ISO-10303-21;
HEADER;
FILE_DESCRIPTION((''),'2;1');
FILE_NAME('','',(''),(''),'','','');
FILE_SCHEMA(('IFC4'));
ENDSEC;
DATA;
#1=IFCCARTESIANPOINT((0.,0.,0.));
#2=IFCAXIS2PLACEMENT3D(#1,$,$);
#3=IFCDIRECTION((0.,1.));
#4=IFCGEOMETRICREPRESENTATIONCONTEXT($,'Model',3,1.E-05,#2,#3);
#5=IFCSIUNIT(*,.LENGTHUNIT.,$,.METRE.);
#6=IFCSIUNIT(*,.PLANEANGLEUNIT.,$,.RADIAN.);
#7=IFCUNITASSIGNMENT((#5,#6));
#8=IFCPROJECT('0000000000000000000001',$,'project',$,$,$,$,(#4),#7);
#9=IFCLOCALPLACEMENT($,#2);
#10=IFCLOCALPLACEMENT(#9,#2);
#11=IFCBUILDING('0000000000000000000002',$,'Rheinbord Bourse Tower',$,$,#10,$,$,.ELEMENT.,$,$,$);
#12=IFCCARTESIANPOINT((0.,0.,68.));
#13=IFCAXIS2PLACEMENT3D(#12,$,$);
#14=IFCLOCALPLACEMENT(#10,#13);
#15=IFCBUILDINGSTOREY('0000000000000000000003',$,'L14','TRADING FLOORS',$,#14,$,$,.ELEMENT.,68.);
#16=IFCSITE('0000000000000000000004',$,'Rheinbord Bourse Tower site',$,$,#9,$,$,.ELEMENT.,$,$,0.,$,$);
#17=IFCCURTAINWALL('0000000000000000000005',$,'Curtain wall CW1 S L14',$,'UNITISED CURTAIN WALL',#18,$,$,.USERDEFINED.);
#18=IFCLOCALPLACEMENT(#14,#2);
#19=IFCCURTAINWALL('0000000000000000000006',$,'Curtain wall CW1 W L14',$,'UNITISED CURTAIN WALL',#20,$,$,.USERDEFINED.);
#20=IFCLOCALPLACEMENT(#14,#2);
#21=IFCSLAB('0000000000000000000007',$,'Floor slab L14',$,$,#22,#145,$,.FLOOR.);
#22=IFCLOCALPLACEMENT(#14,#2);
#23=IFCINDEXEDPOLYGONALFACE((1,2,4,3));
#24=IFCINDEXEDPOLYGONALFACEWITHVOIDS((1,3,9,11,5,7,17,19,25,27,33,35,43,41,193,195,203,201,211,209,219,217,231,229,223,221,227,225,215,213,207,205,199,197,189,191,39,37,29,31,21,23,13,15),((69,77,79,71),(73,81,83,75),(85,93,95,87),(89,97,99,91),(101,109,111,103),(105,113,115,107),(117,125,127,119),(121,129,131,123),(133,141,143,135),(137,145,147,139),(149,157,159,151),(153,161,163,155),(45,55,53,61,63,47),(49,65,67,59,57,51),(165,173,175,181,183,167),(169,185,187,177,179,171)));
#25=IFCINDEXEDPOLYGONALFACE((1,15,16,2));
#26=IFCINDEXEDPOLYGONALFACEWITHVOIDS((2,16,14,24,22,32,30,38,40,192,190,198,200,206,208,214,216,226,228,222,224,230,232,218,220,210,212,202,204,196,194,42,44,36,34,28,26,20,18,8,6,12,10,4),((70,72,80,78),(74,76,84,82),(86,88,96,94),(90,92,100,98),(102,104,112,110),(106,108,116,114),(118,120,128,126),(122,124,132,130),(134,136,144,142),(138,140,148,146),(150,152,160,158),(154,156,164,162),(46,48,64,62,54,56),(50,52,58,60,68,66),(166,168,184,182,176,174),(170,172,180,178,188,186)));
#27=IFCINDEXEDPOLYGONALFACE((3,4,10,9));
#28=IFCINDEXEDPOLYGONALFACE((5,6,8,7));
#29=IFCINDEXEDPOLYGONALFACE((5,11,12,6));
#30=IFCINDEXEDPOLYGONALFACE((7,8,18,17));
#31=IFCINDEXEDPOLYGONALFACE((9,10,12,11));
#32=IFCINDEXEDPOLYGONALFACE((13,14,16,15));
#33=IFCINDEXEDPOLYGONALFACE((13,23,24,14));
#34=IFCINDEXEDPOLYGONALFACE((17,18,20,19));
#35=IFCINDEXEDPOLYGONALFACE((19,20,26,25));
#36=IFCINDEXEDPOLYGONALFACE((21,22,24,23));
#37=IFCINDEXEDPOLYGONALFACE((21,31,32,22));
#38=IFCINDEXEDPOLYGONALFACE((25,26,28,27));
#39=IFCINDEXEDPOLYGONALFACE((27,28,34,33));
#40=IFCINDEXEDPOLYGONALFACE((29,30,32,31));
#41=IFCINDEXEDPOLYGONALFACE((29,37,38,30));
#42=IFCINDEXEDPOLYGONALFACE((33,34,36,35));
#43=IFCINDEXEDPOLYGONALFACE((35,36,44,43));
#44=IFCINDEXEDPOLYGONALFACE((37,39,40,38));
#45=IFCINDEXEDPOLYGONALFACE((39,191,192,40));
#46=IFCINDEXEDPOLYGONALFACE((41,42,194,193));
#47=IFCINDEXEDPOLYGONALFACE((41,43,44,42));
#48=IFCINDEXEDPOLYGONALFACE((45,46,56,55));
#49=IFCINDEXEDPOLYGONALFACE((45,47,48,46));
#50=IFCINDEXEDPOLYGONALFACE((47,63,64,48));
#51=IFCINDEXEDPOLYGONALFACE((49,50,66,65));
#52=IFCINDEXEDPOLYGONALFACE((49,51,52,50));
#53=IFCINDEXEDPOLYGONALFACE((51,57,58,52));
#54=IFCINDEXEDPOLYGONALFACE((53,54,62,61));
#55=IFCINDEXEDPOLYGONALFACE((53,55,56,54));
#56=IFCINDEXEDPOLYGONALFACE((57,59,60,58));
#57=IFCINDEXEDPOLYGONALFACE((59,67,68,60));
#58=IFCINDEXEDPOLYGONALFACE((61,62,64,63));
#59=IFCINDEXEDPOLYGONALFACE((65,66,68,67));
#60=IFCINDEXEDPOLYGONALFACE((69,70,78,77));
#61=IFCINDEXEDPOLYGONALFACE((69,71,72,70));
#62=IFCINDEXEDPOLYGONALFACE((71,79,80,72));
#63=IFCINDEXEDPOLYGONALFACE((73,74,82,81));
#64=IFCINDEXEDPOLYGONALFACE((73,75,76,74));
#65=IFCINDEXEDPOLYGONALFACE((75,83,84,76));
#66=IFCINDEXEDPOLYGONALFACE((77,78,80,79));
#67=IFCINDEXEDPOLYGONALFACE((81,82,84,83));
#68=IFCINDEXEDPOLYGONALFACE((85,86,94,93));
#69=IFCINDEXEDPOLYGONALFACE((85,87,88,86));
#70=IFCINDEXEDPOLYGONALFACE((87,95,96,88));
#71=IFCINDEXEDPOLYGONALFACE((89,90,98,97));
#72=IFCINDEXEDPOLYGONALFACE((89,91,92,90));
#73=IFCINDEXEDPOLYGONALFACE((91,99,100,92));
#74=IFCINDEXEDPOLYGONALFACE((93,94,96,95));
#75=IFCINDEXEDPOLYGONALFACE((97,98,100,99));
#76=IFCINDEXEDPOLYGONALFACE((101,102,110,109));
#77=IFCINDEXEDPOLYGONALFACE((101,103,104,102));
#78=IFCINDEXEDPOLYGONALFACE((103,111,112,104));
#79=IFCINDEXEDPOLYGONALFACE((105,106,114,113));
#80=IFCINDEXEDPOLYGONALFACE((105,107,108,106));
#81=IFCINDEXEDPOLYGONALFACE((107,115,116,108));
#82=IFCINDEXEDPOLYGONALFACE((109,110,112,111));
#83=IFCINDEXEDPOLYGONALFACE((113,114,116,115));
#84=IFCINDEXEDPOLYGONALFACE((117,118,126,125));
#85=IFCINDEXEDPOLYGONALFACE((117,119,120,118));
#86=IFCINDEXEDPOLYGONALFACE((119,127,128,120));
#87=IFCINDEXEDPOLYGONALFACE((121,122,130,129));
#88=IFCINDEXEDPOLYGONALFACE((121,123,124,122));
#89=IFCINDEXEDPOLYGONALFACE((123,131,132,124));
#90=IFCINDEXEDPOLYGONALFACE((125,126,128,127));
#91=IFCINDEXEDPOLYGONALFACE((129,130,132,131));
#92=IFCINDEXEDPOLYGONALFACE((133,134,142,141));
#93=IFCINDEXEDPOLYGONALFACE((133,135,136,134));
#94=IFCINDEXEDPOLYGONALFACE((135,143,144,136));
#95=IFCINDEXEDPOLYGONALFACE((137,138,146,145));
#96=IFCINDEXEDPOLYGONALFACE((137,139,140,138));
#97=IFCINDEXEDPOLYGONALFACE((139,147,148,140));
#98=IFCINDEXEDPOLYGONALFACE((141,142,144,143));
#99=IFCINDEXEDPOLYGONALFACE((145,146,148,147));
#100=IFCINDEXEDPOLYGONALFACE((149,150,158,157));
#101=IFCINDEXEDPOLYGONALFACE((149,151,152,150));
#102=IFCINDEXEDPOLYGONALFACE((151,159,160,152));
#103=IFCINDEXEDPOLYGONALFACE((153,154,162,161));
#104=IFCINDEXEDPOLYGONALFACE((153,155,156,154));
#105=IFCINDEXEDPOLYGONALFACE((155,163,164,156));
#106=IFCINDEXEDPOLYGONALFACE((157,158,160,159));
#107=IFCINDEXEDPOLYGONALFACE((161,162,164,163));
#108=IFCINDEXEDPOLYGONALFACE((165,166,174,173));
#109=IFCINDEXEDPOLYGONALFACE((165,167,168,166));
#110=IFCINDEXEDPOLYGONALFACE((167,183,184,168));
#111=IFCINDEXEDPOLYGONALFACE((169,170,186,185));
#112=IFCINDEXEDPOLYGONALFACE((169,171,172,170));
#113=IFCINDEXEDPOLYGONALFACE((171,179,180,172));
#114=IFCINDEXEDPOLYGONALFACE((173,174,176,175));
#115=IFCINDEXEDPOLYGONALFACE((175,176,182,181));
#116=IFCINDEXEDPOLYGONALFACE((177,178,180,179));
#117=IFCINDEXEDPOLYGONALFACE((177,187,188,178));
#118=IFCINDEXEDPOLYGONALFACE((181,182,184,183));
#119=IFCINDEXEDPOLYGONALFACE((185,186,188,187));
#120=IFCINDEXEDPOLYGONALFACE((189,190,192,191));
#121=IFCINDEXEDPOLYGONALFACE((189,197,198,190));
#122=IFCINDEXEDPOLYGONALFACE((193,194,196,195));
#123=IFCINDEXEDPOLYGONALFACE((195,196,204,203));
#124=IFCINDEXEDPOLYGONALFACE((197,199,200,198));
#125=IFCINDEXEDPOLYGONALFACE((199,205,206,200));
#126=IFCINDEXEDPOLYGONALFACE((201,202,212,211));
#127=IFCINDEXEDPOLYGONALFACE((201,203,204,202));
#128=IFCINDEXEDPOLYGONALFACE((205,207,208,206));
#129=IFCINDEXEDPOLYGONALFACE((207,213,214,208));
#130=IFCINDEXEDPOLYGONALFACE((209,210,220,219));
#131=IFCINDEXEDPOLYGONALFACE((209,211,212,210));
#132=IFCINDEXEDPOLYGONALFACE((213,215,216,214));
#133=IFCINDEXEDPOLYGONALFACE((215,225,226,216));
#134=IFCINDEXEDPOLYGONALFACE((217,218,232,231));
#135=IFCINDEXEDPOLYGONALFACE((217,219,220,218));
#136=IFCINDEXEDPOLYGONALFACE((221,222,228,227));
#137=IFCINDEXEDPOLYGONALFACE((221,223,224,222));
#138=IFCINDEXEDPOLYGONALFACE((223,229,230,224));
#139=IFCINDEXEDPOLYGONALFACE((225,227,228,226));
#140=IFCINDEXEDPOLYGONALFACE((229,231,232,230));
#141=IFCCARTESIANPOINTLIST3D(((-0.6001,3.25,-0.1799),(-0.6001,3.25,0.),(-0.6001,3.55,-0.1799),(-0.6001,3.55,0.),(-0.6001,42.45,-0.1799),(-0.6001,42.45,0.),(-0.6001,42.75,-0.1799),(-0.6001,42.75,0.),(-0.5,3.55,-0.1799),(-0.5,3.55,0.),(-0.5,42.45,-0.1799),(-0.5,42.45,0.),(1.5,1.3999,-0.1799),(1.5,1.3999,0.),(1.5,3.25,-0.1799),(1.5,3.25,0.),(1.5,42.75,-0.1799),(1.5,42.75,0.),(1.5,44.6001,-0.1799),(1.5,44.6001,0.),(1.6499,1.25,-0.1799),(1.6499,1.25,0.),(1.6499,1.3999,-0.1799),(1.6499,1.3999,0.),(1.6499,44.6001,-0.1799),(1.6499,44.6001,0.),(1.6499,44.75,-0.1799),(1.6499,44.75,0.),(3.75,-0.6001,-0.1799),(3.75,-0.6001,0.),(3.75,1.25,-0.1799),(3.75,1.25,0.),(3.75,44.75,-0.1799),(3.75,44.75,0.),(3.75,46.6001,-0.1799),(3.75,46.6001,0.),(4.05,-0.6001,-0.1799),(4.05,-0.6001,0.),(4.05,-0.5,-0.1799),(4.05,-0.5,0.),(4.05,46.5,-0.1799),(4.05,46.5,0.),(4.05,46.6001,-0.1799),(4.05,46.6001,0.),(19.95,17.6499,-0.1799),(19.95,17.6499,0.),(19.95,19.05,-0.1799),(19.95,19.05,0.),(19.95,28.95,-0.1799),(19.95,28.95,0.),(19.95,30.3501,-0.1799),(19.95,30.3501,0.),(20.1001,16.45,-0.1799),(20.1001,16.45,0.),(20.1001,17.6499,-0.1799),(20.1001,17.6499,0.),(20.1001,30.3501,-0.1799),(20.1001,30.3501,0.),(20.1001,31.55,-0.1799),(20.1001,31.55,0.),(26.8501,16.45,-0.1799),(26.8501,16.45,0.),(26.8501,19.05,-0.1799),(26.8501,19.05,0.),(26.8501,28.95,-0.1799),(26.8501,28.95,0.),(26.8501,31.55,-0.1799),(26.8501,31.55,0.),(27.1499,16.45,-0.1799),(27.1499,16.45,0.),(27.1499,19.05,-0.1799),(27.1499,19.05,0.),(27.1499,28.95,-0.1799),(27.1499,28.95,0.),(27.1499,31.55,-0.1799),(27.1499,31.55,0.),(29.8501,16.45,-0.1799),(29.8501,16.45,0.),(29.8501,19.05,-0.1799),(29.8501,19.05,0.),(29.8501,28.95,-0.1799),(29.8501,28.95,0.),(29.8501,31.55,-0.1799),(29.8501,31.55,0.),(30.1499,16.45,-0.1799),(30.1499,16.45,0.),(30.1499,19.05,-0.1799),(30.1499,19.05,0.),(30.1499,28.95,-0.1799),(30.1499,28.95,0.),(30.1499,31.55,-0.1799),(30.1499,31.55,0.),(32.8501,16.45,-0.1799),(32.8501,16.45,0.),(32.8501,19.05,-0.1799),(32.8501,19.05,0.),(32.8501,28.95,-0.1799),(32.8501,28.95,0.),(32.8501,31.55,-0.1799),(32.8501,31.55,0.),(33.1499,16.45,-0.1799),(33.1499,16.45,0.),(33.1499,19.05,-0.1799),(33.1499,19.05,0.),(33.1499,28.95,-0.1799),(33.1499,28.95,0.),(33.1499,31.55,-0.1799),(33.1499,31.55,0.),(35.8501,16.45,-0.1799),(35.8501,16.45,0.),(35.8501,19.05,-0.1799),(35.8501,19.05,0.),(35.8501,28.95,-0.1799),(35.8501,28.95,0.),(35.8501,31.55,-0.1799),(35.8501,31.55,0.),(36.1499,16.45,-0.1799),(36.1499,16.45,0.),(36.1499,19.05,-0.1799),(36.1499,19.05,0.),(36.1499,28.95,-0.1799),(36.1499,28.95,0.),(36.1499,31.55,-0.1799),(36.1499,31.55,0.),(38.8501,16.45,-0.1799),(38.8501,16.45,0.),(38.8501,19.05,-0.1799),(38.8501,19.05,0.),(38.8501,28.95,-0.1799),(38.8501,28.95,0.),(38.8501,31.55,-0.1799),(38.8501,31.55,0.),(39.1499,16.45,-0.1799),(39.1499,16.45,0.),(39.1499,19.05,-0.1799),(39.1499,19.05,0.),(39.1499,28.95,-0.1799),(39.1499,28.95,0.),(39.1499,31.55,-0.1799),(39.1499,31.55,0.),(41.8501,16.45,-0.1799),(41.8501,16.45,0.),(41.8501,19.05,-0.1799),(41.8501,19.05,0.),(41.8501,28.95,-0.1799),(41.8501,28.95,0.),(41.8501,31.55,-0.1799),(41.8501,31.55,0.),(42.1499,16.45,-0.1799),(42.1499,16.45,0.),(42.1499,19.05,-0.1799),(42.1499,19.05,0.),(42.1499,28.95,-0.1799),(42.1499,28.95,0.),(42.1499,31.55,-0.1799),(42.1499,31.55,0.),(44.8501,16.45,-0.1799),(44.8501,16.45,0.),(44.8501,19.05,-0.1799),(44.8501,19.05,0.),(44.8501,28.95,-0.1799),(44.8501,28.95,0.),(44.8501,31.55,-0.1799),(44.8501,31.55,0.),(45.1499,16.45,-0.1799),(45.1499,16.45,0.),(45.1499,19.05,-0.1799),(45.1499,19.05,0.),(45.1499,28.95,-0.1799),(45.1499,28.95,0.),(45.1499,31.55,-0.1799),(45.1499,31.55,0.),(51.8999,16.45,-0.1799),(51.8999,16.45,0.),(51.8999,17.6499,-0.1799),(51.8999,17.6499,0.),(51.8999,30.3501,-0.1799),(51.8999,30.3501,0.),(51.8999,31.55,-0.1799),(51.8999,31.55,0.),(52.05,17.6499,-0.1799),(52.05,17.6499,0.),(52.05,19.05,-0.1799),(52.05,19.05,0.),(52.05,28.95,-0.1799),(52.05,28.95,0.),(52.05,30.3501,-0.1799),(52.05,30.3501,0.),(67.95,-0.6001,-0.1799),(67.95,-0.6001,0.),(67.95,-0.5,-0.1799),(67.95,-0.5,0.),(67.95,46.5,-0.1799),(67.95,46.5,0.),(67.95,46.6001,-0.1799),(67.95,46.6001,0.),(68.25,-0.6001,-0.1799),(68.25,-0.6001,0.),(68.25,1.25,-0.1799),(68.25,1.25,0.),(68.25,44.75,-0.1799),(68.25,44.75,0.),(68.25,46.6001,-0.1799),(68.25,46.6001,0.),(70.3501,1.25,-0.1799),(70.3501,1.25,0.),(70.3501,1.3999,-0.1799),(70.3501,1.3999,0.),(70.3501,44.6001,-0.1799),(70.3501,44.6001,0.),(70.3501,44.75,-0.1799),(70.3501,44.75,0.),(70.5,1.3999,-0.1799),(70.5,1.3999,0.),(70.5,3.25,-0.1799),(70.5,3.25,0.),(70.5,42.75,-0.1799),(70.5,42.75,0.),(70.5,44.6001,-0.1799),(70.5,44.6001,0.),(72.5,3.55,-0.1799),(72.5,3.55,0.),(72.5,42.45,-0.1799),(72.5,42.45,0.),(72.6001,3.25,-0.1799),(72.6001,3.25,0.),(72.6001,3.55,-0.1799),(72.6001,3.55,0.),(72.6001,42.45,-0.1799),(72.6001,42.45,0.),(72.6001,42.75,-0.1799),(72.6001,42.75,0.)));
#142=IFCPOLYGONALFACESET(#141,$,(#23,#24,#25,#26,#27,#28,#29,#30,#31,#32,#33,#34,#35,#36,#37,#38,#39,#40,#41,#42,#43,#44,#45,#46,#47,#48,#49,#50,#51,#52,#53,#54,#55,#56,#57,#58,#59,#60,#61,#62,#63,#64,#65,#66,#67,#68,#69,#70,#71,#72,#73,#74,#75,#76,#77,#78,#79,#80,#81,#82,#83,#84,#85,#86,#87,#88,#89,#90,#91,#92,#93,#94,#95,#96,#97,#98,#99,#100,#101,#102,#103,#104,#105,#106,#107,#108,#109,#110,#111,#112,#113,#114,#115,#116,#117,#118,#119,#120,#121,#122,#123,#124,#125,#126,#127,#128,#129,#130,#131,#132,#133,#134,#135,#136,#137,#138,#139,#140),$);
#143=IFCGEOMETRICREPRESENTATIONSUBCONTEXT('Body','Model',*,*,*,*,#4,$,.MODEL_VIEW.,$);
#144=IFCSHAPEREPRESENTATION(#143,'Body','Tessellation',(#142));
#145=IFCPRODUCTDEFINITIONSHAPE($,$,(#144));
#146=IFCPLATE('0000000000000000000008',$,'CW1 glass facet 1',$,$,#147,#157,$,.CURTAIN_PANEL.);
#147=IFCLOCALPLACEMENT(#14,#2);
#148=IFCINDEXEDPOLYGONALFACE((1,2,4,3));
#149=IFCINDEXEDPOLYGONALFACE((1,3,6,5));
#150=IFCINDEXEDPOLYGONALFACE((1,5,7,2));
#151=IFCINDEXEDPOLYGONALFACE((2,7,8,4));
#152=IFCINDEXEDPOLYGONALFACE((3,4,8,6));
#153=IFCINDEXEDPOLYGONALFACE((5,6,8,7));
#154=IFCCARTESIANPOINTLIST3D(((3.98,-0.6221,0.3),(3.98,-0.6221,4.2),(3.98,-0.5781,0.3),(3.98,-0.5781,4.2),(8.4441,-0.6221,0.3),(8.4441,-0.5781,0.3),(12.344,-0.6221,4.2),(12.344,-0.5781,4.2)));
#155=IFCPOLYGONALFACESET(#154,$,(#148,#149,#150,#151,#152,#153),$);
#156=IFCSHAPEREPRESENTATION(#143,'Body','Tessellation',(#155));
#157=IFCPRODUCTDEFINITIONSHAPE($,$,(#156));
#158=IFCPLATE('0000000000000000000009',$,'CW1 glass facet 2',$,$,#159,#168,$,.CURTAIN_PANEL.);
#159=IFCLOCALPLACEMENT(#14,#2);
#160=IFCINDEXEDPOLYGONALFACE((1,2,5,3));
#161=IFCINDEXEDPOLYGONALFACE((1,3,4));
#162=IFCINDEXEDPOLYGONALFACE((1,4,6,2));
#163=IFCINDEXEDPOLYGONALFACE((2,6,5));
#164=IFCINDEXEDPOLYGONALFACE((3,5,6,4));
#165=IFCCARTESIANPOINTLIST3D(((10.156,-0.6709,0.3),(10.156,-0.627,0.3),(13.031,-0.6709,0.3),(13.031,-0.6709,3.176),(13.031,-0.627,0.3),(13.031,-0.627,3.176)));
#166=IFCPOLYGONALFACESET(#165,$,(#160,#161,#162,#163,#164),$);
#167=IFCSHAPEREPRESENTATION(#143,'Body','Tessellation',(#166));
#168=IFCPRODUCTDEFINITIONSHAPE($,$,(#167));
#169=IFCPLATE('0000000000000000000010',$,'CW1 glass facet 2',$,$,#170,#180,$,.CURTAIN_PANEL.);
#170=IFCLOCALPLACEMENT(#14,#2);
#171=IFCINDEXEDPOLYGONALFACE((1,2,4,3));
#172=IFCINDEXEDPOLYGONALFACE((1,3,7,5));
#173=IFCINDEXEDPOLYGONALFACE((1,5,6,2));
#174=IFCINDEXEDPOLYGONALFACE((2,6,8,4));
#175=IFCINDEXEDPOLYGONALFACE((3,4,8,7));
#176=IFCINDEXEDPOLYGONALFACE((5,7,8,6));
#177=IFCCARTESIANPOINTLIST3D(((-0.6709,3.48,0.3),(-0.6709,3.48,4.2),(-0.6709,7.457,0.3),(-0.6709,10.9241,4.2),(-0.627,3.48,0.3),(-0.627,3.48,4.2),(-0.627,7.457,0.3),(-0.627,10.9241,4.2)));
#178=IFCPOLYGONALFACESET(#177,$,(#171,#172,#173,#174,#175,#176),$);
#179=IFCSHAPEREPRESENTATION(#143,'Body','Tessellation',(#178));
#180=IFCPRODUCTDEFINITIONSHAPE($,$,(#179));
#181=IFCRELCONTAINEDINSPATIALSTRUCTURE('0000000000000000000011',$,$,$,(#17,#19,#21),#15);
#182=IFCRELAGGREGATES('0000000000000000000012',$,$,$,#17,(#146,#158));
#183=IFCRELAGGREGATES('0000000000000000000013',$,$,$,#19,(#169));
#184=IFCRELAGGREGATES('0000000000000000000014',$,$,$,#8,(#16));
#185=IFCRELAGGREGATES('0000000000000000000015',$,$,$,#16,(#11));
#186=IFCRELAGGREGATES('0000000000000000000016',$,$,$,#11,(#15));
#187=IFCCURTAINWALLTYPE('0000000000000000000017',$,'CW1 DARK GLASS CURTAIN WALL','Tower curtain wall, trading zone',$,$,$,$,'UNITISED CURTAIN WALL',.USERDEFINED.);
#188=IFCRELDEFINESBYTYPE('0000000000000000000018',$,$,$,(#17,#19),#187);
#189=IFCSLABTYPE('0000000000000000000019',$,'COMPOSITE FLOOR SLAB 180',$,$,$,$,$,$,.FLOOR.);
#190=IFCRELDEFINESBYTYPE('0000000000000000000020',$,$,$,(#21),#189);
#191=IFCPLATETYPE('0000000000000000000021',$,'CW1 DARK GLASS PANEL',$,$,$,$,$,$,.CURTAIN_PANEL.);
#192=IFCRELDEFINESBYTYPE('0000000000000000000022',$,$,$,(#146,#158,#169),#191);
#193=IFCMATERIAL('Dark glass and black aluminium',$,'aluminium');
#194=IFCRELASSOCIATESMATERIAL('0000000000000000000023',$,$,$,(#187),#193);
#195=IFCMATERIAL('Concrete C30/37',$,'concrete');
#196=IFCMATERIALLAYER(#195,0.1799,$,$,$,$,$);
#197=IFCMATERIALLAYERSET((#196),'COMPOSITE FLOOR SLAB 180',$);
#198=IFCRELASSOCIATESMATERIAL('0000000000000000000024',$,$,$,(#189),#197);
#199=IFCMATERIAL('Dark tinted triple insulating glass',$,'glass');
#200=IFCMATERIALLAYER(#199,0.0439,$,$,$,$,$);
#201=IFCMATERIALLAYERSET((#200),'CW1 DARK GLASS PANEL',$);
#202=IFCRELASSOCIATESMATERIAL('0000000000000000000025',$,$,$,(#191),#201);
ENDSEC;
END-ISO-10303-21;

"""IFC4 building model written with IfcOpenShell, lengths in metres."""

from ifc_helpers import new_model, si_unit, direction, frame, origin, place, context, subcontext, project, spatial, polyline, outline, extrude, material, layer, layer_set, type_object, element, aggregate, save


model = new_model("IFC4")

# Units and contexts
model_context = context("Model", 3, precision=1e-05, world=origin(), true_north=direction((0.0, 1.0)))
body_context = subcontext(model_context, "Body", "Model", "MODEL_VIEW")
ifc_project = project(units=[si_unit("LENGTHUNIT", "METRE"), si_unit("PLANEANGLEUNIT", "RADIAN")], contexts=[model_context])

# Site, building, storey
site_placement = place(None, origin())
site = spatial("IfcSite", under=ifc_project, at=site_placement, Name="Rheinbord Bourse Tower site", CompositionType="ELEMENT", RefElevation=0.0)
building_placement = place(site_placement, origin())
building = spatial("IfcBuilding", under=site, at=building_placement, Name="Rheinbord Bourse Tower", CompositionType="ELEMENT")
storey_placement = place(building_placement, frame((0.0, 0.0, 68.0)))
storey = spatial("IfcBuildingStorey", under=building, at=storey_placement, Name="L14", Description="TRADING FLOORS", CompositionType="ELEMENT", Elevation=68.0)

# Curtain wall
ifc_material_1 = material(Name="Dark glass and black aluminium", Category="aluminium")
curtain_wall_type = type_object("IfcCurtainWallType", Name="CW1 DARK GLASS CURTAIN WALL", Description="Tower curtain wall, trading zone", ElementType="UNITISED CURTAIN WALL", PredefinedType="USERDEFINED", material=ifc_material_1)
curtain_wall_1_placement = place(storey_placement, origin())
curtain_wall_1 = element("IfcCurtainWall", 1, at=curtain_wall_1_placement, inside=storey, type_object=curtain_wall_type, Name="Curtain wall CW1 S L14", ObjectType="UNITISED CURTAIN WALL", PredefinedType="USERDEFINED")

# Curtain wall
curtain_wall_2_placement = place(storey_placement, origin())
curtain_wall_2 = element("IfcCurtainWall", 2, at=curtain_wall_2_placement, inside=storey, type_object=curtain_wall_type, Name="Curtain wall CW1 W L14", ObjectType="UNITISED CURTAIN WALL", PredefinedType="USERDEFINED")

# Slab
ifc_material_2 = material(Name="Concrete C30/37", Category="concrete")
ifc_layer_1 = layer(ifc_material_2, 0.1799)
ifc_layer_set_1 = layer_set([ifc_layer_1], Name="COMPOSITE FLOOR SLAB 180")
slab_type_1 = type_object("IfcSlabType", Name="COMPOSITE FLOOR SLAB 180", PredefinedType="FLOOR", material=ifc_layer_set_1)
slab_1_placement = place(storey_placement, frame((0.0, 0.0, -0.1799)))
element("IfcSlab", 3, at=slab_1_placement, inside=storey, type_object=slab_type_1, Name="Floor slab L14", PredefinedType="FLOOR", context=body_context, shape_type="SweptSolid", body=[
    extrude(outline(polyline([(1.6499, 1.3999), (1.5, 1.3999), (1.5, 3.25), (-0.6001, 3.25), (-0.6001, 3.55), (-0.5, 3.55), (-0.5, 42.45), (-0.6001, 42.45), (-0.6001, 42.75), (1.5, 42.75), (1.5, 44.6001), (1.6499, 44.6001), (1.6499, 44.75), (3.75, 44.75), (3.75, 46.6001), (4.05, 46.6001), (4.05, 46.5), (67.95, 46.5), (67.95, 46.6001), (68.25, 46.6001), (68.25, 44.75), (70.3501, 44.75), (70.3501, 44.6001), (70.5, 44.6001), (70.5, 42.75), (72.6001, 42.75), (72.6001, 42.45), (72.5, 42.45), (72.5, 3.55), (72.6001, 3.55), (72.6001, 3.25), (70.5, 3.25), (70.5, 1.3999), (70.3501, 1.3999), (70.3501, 1.25), (68.25, 1.25), (68.25, -0.6001), (67.95, -0.6001), (67.95, -0.5), (4.05, -0.5), (4.05, -0.6001), (3.75, -0.6001), (3.75, 1.25), (1.6499, 1.25), (1.6499, 1.3999)]), holes=[polyline([(19.95, 19.05), (26.8501, 19.05), (26.8501, 16.45), (20.1001, 16.45), (20.1001, 17.6499), (19.95, 17.6499), (19.95, 19.05)]), polyline([(26.8501, 31.55), (26.8501, 28.95), (19.95, 28.95), (19.95, 30.3501), (20.1001, 30.3501), (20.1001, 31.55), (26.8501, 31.55)]), polyline([(45.1499, 16.45), (45.1499, 19.05), (52.05, 19.05), (52.05, 17.6499), (51.8999, 17.6499), (51.8999, 16.45), (45.1499, 16.45)]), polyline([(52.05, 28.95), (45.1499, 28.95), (45.1499, 31.55), (51.8999, 31.55), (51.8999, 30.3501), (52.05, 30.3501), (52.05, 28.95)]), polyline([(27.1499, 16.45), (27.1499, 19.05), (29.8501, 19.05), (29.8501, 16.45), (27.1499, 16.45)]), polyline([(27.1499, 28.95), (27.1499, 31.55), (29.8501, 31.55), (29.8501, 28.95), (27.1499, 28.95)]), polyline([(30.1499, 16.45), (30.1499, 19.05), (32.8501, 19.05), (32.8501, 16.45), (30.1499, 16.45)]), polyline([(30.1499, 28.95), (30.1499, 31.55), (32.8501, 31.55), (32.8501, 28.95), (30.1499, 28.95)]), polyline([(33.1499, 16.45), (33.1499, 19.05), (35.8501, 19.05), (35.8501, 16.45), (33.1499, 16.45)]), polyline([(33.1499, 28.95), (33.1499, 31.55), (35.8501, 31.55), (35.8501, 28.95), (33.1499, 28.95)]), polyline([(36.1499, 16.45), (36.1499, 19.05), (38.8501, 19.05), (38.8501, 16.45), (36.1499, 16.45)]), polyline([(36.1499, 28.95), (36.1499, 31.55), (38.8501, 31.55), (38.8501, 28.95), (36.1499, 28.95)]), polyline([(39.1499, 16.45), (39.1499, 19.05), (41.8501, 19.05), (41.8501, 16.45), (39.1499, 16.45)]), polyline([(39.1499, 28.95), (39.1499, 31.55), (41.8501, 31.55), (41.8501, 28.95), (39.1499, 28.95)]), polyline([(42.1499, 16.45), (42.1499, 19.05), (44.8501, 19.05), (44.8501, 16.45), (42.1499, 16.45)]), polyline([(42.1499, 28.95), (42.1499, 31.55), (44.8501, 31.55), (44.8501, 28.95), (42.1499, 28.95)])]), origin(), (0.0, 0.0, 1.0), 0.1799),
])

# Plates
ifc_material_3 = material(Name="Dark tinted triple insulating glass", Category="glass")
ifc_layer_2 = layer(ifc_material_3, 0.0439)
ifc_layer_set_2 = layer_set([ifc_layer_2], Name="CW1 DARK GLASS PANEL")
plate_type = type_object("IfcPlateType", Name="CW1 DARK GLASS PANEL", PredefinedType="CURTAIN_PANEL", material=ifc_layer_set_2)
plate_1_placement = place(storey_placement, frame((3.98, -0.6221, 0.3), z_axis=(0.0, 1.0, 0.0), x_axis=(0.0, 0.0, 1.0)))
plate_1 = element("IfcPlate", 4, at=plate_1_placement, type_object=plate_type, Name="CW1 glass facet 1", PredefinedType="CURTAIN_PANEL", context=body_context, shape_type="SweptSolid", body=[
    extrude(outline(polyline([(0.0, 0.0), (3.8999, 0.0), (3.8999, 8.364), (0.0, 4.4641), (0.0, 0.0)])), origin(), (0.0, 0.0, 1.0), 0.0439),
])
plate_2_placement = place(storey_placement, frame((13.031, -0.6709, 0.3), z_axis=(0.0, 1.0, 0.0), x_axis=(-1.0, 0.0, 0.0)))
plate_2 = element("IfcPlate", 5, at=plate_2_placement, type_object=plate_type, Name="CW1 glass facet 2", PredefinedType="CURTAIN_PANEL", context=body_context, shape_type="SweptSolid", body=[
    extrude(outline(polyline([(0.0, 0.0), (2.875, 0.0), (0.0, 2.876), (0.0, 0.0)])), origin(), (0.0, 0.0, 1.0), 0.0439),
])
aggregate(curtain_wall_1, [plate_1, plate_2])
plate_3_placement = place(storey_placement, frame((-0.6709, 3.48, 4.2), z_axis=(1.0, 0.0, 0.0), x_axis=(0.0, 0.0, -1.0)))
plate_3 = element("IfcPlate", 6, at=plate_3_placement, type_object=plate_type, Name="CW1 glass facet 2", PredefinedType="CURTAIN_PANEL", context=body_context, shape_type="SweptSolid", body=[
    extrude(outline(polyline([(0.0, 0.0), (3.8999, 0.0), (3.8999, 3.9771), (0.0, 7.4441), (0.0, 0.0)])), origin(), (0.0, 0.0, 1.0), 0.0439),
])
aggregate(curtain_wall_2, [plate_3])

save(model, "model.ifc")
